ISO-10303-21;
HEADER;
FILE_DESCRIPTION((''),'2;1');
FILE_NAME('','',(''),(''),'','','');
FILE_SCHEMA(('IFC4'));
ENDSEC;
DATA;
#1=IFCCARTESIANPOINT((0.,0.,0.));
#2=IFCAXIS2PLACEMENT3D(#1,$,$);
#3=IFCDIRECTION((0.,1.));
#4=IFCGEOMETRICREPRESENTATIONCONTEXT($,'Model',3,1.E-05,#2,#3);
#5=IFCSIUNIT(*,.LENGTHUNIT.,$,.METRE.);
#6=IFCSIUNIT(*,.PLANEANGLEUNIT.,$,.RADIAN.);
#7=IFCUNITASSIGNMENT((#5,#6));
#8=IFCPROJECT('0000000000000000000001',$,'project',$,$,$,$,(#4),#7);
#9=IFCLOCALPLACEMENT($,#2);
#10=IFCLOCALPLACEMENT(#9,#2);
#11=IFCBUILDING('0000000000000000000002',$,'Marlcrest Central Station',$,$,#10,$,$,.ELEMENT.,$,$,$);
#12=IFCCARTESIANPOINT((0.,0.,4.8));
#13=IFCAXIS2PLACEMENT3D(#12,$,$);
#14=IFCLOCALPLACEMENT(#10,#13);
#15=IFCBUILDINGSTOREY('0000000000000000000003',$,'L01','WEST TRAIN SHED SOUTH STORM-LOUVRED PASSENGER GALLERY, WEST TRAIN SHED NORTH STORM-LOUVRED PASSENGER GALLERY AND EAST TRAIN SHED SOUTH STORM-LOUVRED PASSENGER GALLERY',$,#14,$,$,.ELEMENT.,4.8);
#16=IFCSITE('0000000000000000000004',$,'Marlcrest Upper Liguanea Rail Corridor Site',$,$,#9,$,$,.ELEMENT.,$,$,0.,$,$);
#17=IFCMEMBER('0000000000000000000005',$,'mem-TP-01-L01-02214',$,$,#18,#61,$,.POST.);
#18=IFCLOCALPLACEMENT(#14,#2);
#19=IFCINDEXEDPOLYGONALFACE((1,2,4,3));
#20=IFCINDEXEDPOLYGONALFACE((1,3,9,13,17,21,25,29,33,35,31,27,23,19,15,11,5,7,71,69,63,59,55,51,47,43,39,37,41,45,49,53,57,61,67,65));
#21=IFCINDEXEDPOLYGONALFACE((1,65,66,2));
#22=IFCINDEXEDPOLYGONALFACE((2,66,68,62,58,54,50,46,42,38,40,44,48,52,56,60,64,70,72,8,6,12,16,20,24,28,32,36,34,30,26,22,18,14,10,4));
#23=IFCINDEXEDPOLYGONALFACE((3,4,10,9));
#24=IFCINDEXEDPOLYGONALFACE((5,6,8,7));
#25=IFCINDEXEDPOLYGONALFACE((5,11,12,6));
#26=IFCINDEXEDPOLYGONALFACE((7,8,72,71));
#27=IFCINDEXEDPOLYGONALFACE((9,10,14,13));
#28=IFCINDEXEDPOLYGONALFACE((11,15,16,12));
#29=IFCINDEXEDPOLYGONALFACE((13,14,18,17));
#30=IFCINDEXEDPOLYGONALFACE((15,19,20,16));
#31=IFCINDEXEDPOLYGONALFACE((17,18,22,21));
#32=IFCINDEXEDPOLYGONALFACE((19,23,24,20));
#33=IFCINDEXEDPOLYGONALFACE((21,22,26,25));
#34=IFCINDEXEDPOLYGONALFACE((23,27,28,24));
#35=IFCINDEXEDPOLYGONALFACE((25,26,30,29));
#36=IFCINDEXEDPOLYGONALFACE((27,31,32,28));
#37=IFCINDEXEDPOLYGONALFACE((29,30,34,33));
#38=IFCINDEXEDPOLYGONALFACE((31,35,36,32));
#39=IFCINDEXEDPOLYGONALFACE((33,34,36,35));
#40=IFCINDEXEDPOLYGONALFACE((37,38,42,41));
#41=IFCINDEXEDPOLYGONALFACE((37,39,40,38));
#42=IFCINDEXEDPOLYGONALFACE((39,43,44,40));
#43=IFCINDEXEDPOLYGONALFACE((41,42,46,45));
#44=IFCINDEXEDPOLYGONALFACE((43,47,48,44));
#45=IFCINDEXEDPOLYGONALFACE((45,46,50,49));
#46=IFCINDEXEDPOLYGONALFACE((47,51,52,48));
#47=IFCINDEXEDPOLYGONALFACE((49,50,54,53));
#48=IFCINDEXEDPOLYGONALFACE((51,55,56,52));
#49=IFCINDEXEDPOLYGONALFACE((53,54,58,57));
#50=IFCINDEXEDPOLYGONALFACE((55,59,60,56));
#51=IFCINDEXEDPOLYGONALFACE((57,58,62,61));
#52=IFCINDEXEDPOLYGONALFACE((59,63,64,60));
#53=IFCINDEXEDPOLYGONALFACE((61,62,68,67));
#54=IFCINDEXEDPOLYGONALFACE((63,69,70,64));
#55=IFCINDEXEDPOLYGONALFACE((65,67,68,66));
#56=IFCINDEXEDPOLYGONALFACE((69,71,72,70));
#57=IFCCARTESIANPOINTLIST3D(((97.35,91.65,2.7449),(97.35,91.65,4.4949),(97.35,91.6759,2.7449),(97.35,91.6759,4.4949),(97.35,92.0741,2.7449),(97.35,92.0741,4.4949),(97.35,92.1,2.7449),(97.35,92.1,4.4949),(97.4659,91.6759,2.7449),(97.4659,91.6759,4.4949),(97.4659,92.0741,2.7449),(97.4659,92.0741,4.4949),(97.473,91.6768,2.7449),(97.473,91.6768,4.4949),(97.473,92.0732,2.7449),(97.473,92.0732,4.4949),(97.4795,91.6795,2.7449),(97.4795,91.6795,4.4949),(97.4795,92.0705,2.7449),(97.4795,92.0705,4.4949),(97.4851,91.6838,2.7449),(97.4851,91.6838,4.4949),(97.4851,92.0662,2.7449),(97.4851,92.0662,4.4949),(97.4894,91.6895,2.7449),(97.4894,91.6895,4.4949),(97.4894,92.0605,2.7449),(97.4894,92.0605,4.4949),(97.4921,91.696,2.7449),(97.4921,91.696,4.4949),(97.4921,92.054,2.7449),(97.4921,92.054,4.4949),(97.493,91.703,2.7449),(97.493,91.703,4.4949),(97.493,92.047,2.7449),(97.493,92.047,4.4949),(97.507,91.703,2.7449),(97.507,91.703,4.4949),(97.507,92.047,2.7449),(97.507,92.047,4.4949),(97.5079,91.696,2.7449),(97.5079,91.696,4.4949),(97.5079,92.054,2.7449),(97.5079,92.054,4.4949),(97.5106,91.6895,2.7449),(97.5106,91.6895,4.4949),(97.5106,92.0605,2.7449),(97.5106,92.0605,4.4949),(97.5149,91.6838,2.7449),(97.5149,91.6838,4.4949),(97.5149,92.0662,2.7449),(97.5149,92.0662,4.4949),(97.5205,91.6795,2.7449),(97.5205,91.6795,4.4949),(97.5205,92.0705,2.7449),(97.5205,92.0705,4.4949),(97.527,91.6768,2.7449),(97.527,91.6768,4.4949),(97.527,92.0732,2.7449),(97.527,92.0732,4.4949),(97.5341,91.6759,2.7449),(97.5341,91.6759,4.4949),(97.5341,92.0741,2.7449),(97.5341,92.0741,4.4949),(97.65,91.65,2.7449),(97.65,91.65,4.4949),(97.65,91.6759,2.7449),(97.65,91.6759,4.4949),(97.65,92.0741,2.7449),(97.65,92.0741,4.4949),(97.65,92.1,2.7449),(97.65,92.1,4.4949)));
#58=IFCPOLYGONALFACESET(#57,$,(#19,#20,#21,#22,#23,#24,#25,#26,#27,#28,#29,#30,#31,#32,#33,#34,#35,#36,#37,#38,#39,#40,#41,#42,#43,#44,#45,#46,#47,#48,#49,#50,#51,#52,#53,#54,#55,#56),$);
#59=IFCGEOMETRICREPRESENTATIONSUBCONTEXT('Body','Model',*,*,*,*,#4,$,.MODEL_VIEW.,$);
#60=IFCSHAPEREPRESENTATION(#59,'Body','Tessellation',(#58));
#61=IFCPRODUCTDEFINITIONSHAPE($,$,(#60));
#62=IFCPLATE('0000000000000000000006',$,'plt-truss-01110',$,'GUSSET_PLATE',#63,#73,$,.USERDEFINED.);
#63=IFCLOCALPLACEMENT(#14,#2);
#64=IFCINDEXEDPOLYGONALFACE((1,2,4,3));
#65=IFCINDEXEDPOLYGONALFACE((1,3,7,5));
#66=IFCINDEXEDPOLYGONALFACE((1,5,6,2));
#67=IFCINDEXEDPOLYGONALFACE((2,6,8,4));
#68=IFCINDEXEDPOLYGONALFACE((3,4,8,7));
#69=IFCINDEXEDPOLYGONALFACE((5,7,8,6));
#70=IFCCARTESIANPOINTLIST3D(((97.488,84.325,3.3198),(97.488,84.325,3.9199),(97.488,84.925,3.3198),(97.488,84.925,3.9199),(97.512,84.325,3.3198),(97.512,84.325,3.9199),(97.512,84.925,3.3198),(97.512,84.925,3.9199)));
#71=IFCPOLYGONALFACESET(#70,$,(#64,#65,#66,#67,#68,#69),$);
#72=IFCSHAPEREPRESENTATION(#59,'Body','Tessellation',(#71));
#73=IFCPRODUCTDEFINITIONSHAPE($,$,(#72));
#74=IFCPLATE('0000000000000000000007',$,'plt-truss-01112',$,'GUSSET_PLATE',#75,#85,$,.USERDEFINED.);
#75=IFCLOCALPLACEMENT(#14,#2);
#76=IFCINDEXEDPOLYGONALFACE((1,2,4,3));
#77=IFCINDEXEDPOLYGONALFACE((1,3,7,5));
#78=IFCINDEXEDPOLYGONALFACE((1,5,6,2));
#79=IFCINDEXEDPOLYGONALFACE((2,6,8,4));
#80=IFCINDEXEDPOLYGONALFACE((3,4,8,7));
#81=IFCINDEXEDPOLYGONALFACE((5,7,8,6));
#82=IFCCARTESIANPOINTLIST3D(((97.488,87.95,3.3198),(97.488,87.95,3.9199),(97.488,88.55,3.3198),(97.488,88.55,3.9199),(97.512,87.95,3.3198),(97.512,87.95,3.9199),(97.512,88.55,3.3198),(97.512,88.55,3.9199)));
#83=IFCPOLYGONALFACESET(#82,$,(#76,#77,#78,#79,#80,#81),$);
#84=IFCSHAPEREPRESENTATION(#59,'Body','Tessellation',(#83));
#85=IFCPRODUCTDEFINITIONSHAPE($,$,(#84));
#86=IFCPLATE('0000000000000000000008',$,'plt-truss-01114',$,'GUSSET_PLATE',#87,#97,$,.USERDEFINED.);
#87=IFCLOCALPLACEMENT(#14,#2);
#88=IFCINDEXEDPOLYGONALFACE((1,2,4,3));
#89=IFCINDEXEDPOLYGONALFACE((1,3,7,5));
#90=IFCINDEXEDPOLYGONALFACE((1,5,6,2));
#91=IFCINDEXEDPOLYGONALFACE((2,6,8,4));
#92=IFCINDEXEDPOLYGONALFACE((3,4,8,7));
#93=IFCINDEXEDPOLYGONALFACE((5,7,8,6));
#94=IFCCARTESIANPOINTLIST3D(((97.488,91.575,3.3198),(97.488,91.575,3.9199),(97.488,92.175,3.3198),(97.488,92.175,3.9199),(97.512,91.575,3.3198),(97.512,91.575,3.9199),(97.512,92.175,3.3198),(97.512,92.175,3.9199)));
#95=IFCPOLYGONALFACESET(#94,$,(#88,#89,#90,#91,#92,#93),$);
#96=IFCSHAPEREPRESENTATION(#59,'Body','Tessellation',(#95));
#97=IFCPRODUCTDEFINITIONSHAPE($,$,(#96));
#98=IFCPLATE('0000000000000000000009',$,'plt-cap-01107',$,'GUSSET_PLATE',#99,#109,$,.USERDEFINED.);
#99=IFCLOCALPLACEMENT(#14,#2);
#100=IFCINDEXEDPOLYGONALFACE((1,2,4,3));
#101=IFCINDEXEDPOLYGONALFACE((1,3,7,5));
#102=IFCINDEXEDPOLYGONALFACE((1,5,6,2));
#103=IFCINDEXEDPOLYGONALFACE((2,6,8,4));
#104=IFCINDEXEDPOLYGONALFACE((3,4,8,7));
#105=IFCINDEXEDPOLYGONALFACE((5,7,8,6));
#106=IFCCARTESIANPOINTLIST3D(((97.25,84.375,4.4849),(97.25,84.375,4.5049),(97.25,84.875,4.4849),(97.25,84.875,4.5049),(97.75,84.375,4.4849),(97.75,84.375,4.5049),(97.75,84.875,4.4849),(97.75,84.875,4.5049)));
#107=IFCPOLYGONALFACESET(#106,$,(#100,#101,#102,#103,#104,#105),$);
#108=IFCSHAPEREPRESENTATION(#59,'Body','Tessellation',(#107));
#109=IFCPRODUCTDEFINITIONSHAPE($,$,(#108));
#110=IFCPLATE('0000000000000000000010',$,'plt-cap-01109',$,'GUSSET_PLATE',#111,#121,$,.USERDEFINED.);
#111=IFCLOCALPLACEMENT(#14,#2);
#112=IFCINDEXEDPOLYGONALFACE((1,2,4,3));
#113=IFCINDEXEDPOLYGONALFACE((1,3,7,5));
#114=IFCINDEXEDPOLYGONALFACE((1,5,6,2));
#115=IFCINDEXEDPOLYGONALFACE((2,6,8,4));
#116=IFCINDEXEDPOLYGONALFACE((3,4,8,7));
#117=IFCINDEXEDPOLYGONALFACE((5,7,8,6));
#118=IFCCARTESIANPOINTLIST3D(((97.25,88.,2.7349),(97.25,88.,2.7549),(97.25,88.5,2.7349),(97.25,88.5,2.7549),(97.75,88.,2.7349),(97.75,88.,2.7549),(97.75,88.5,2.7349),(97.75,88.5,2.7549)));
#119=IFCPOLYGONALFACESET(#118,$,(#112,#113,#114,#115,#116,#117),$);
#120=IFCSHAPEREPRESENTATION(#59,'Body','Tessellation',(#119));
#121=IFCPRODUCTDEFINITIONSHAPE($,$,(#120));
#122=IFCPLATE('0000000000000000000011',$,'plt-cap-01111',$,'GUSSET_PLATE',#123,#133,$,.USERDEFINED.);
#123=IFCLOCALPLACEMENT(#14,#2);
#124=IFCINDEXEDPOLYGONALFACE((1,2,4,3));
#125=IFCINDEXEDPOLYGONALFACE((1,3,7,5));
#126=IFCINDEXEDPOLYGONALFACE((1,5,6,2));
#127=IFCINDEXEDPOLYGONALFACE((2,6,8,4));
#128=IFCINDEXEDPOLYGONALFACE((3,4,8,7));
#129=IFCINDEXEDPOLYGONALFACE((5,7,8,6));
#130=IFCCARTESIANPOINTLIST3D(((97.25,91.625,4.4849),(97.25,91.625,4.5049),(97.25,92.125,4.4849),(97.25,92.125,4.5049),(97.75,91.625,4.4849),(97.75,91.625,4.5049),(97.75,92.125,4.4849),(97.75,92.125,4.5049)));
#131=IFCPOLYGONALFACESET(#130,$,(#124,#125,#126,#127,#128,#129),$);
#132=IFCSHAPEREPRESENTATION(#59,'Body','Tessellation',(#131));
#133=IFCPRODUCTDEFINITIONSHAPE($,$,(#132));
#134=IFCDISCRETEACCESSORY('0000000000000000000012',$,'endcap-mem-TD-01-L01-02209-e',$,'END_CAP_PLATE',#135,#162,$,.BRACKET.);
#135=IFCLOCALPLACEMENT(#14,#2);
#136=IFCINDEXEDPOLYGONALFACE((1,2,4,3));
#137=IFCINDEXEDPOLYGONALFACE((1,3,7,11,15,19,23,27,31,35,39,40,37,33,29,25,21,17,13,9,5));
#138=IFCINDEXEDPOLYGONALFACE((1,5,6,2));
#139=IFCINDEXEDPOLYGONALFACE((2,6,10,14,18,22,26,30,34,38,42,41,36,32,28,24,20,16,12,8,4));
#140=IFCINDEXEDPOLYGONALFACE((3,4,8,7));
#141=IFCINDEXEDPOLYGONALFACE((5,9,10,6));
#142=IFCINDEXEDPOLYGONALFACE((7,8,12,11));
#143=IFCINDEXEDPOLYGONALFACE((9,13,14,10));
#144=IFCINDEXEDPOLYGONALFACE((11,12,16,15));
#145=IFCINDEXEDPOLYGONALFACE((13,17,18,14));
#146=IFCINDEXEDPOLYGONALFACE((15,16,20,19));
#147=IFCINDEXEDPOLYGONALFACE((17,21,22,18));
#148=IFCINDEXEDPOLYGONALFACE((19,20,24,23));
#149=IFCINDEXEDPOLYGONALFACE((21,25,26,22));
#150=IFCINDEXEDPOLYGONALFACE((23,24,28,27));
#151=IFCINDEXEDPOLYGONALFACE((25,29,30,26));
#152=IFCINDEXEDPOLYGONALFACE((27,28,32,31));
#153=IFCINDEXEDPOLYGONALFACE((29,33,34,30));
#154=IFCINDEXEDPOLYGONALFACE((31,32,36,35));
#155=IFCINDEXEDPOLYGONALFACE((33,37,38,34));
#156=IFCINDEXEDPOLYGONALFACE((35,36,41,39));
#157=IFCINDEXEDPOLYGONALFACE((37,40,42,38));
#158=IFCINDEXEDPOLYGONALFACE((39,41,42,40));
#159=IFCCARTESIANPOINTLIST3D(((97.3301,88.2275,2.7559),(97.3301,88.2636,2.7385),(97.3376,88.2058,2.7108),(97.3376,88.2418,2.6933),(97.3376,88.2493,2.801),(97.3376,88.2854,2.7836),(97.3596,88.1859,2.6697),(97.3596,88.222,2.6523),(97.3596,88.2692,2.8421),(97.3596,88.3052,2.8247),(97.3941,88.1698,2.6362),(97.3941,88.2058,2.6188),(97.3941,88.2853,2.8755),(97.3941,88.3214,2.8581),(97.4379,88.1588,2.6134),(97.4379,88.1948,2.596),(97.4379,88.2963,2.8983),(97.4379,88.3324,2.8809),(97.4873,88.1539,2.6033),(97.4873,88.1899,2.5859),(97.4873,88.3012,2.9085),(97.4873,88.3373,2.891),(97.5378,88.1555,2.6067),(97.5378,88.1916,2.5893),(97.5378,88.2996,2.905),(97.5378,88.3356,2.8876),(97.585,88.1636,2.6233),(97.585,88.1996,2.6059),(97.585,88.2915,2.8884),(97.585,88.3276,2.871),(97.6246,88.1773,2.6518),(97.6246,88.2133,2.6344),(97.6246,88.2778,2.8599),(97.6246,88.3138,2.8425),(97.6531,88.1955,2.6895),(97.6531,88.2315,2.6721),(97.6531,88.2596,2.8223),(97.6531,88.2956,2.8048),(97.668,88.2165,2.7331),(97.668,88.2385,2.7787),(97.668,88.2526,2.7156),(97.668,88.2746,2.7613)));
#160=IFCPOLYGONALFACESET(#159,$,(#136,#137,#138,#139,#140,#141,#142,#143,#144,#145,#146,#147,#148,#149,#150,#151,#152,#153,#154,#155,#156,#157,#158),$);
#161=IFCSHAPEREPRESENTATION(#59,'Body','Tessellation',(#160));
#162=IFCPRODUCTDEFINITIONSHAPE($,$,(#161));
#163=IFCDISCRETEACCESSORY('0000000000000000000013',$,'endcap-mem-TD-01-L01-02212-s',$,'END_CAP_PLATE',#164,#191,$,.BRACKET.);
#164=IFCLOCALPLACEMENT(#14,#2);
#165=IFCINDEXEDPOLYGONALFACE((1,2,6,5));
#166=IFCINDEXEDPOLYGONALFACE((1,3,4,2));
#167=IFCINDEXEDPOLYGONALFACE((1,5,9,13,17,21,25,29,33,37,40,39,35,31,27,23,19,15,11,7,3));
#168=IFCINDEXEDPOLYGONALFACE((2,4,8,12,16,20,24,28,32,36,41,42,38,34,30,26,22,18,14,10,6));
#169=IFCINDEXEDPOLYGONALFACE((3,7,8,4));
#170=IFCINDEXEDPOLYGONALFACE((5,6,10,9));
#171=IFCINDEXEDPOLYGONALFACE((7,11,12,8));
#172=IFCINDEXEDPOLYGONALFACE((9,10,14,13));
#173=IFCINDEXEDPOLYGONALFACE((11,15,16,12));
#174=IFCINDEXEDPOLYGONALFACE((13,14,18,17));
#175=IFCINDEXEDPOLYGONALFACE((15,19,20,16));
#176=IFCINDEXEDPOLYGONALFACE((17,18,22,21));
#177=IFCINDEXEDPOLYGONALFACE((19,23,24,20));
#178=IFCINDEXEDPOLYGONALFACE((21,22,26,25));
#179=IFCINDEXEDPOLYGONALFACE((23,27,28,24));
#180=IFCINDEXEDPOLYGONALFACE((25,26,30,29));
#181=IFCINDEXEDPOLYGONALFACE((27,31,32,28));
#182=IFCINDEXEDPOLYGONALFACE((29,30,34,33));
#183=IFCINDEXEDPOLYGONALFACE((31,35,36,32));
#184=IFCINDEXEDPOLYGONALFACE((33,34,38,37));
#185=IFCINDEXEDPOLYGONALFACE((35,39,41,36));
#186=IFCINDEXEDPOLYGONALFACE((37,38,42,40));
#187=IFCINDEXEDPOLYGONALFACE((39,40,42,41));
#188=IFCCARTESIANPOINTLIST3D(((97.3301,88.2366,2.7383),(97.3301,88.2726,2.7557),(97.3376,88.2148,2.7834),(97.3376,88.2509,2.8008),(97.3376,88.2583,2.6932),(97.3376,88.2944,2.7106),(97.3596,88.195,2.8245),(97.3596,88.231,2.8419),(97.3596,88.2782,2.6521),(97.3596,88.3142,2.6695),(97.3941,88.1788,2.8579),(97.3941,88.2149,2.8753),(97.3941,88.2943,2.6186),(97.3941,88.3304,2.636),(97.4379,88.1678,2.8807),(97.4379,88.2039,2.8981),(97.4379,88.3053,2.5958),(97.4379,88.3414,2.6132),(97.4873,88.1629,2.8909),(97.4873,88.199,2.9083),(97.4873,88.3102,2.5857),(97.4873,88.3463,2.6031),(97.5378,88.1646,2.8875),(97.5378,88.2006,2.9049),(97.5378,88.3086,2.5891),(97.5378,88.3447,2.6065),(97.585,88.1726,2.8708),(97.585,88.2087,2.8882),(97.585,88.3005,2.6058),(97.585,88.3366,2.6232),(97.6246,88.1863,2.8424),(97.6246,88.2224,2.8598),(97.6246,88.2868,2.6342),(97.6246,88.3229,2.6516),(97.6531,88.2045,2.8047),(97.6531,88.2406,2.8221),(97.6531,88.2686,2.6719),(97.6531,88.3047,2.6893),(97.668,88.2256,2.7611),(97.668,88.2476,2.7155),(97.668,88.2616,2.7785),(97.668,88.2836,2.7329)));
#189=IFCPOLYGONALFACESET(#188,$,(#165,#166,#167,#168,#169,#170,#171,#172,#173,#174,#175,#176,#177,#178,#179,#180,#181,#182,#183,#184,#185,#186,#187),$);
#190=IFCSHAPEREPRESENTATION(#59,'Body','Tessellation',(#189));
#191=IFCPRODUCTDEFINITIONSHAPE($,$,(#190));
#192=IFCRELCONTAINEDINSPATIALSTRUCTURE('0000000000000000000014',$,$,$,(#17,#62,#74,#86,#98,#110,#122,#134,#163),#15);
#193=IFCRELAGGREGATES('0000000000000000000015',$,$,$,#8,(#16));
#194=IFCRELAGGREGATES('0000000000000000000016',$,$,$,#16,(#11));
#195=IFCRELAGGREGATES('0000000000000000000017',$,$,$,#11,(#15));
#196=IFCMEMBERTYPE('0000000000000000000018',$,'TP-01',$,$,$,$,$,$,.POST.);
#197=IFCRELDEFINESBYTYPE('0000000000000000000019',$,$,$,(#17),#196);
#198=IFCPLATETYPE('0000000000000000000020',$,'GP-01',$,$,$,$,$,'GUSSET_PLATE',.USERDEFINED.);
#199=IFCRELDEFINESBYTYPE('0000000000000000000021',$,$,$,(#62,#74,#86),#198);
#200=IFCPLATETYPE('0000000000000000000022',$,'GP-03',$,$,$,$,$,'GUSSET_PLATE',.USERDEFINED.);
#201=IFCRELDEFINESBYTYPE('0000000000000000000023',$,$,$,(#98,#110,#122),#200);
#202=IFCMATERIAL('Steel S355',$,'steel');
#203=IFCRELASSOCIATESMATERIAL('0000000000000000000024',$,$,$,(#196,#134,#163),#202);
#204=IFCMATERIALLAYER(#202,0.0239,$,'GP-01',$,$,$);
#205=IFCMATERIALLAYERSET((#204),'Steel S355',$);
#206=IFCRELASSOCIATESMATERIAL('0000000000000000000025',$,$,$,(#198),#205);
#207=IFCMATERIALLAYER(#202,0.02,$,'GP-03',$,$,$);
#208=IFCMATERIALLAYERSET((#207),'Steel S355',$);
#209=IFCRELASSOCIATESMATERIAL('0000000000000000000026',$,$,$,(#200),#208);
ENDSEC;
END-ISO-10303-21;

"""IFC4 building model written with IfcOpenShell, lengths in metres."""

from ifc_helpers import new_model, si_unit, direction, frame, origin, origin_2d, place, context, subcontext, project, spatial, rectangle, circle, i_section, extrude, material, layer, layer_set, material_profile, profile_set, type_object, element, save


model = new_model("IFC4")

# Units and contexts
model_context = context("Model", 3, precision=1e-05, world=origin(), true_north=direction((0.0, 1.0)))
body_context = subcontext(model_context, "Body", "Model", "MODEL_VIEW")
ifc_project = project(units=[si_unit("LENGTHUNIT", "METRE"), si_unit("PLANEANGLEUNIT", "RADIAN")], contexts=[model_context])

# Site, building, storey
site_placement = place(None, origin())
site = spatial("IfcSite", under=ifc_project, at=site_placement, Name="Marlcrest Upper Liguanea Rail Corridor Site", CompositionType="ELEMENT", RefElevation=0.0)
building_placement = place(site_placement, origin())
building = spatial("IfcBuilding", under=site, at=building_placement, Name="Marlcrest Central Station", CompositionType="ELEMENT")
storey_placement = place(building_placement, frame((0.0, 0.0, 4.8)))
storey = spatial("IfcBuildingStorey", under=building, at=storey_placement, Name="L01", Description="WEST TRAIN SHED SOUTH STORM-LOUVRED PASSENGER GALLERY, WEST TRAIN SHED NORTH STORM-LOUVRED PASSENGER GALLERY AND EAST TRAIN SHED SOUTH STORM-LOUVRED PASSENGER GALLERY", CompositionType="ELEMENT", Elevation=4.8)

# Shared definitions
ifc_material = material(Name="Steel S355", Category="steel")

# Member
ifc_material_profile_1 = material_profile(ifc_material, i_section(OverallWidth=0.3, OverallDepth=0.45, WebThickness=0.0139, FlangeThickness=0.0259, FilletRadius=0.0271, at=origin_2d()), Name="HEB 450")
ifc_profile_set_1 = profile_set([ifc_material_profile_1], Name="Steel S355")
member_type_1 = type_object("IfcMemberType", Name="TP-01", PredefinedType="POST", material=ifc_profile_set_1)
for number, where, z_axis, x_axis, name in (
    (1, (97.5, 91.875, 2.7449), (0.0, 0.0, 1.0), (1.0, 0.0, 0.0), "mem-TP-01-L01-02214"),
):
    element("IfcMember", number, at=place(storey_placement, frame(where, z_axis=z_axis, x_axis=x_axis)), inside=storey, type_object=member_type_1, Name=name, PredefinedType="POST", context=body_context, shape_type="SweptSolid", body=[
        extrude(i_section(OverallWidth=0.3, OverallDepth=0.45, WebThickness=0.0139, FlangeThickness=0.0259, FilletRadius=0.0271, at=origin_2d()), origin(), (0.0, 0.0, 1.0), 1.75),
    ])

# Plates
ifc_layer_1 = layer(ifc_material, 0.0239, Name="GP-01")
ifc_layer_set_1 = layer_set([ifc_layer_1], Name="Steel S355")
plate_type_1 = type_object("IfcPlateType", Name="GP-01", ElementType="GUSSET_PLATE", PredefinedType="USERDEFINED", material=ifc_layer_set_1)
for number, where, z_axis, x_axis, name in (
    (2, (97.5, 84.625, 3.3198), (0.0, 0.0, 1.0), (1.0, 0.0, 0.0), "plt-truss-01110"),
    (3, (97.5, 88.25, 3.3198), (0.0, 0.0, 1.0), (1.0, 0.0, 0.0), "plt-truss-01112"),
    (4, (97.5, 91.875, 3.3198), (0.0, 0.0, 1.0), (1.0, 0.0, 0.0), "plt-truss-01114"),
):
    element("IfcPlate", number, at=place(storey_placement, frame(where, z_axis=z_axis, x_axis=x_axis)), inside=storey, type_object=plate_type_1, Name=name, ObjectType="GUSSET_PLATE", PredefinedType="USERDEFINED", context=body_context, shape_type="SweptSolid", body=[
        extrude(rectangle(XDim=0.0239, YDim=0.6001, at=origin_2d()), origin(), (0.0, 0.0, 1.0), 0.6001),
    ])
ifc_layer_2 = layer(ifc_material, 0.02, Name="GP-03")
ifc_layer_set_2 = layer_set([ifc_layer_2], Name="Steel S355")
plate_type_2 = type_object("IfcPlateType", Name="GP-03", ElementType="GUSSET_PLATE", PredefinedType="USERDEFINED", material=ifc_layer_set_2)
for number, where, z_axis, x_axis, name in (
    (5, (97.5, 84.625, 4.4849), (0.0, 0.0, 1.0), (1.0, 0.0, 0.0), "plt-cap-01107"),
    (6, (97.5, 88.25, 2.7349), (0.0, 0.0, 1.0), (1.0, 0.0, 0.0), "plt-cap-01109"),
    (7, (97.5, 91.875, 4.4849), (0.0, 0.0, 1.0), (1.0, 0.0, 0.0), "plt-cap-01111"),
):
    element("IfcPlate", number, at=place(storey_placement, frame(where, z_axis=z_axis, x_axis=x_axis)), inside=storey, type_object=plate_type_2, Name=name, ObjectType="GUSSET_PLATE", PredefinedType="USERDEFINED", context=body_context, shape_type="SweptSolid", body=[
        extrude(rectangle(XDim=0.5, YDim=0.5, at=origin_2d()), origin(), (0.0, 0.0, 1.0), 0.02),
    ])

# Discrete accessories
for number, where, z_axis, x_axis, name in (
    (8, (97.5, 88.2275, 2.7559), (0.0, 0.900552, -0.434749), (-1.0, 0.0, 0.0), "endcap-mem-TD-01-L01-02209-e"),
    (9, (97.5, 88.2366, 2.7383), (0.0, 0.900552, 0.434749), (-1.0, 0.0, 0.0), "endcap-mem-TD-01-L01-02212-s"),
):
    element("IfcDiscreteAccessory", number, at=place(storey_placement, frame(where, z_axis=z_axis, x_axis=x_axis)), inside=storey, material=ifc_material, Name=name, ObjectType="END_CAP_PLATE", PredefinedType="BRACKET", context=body_context, shape_type="SweptSolid", body=[
        extrude(circle(Radius=0.1699, at=origin_2d()), origin(), (0.0, 0.0, 1.0), 0.04),
    ])

save(model, "model.ifc")
